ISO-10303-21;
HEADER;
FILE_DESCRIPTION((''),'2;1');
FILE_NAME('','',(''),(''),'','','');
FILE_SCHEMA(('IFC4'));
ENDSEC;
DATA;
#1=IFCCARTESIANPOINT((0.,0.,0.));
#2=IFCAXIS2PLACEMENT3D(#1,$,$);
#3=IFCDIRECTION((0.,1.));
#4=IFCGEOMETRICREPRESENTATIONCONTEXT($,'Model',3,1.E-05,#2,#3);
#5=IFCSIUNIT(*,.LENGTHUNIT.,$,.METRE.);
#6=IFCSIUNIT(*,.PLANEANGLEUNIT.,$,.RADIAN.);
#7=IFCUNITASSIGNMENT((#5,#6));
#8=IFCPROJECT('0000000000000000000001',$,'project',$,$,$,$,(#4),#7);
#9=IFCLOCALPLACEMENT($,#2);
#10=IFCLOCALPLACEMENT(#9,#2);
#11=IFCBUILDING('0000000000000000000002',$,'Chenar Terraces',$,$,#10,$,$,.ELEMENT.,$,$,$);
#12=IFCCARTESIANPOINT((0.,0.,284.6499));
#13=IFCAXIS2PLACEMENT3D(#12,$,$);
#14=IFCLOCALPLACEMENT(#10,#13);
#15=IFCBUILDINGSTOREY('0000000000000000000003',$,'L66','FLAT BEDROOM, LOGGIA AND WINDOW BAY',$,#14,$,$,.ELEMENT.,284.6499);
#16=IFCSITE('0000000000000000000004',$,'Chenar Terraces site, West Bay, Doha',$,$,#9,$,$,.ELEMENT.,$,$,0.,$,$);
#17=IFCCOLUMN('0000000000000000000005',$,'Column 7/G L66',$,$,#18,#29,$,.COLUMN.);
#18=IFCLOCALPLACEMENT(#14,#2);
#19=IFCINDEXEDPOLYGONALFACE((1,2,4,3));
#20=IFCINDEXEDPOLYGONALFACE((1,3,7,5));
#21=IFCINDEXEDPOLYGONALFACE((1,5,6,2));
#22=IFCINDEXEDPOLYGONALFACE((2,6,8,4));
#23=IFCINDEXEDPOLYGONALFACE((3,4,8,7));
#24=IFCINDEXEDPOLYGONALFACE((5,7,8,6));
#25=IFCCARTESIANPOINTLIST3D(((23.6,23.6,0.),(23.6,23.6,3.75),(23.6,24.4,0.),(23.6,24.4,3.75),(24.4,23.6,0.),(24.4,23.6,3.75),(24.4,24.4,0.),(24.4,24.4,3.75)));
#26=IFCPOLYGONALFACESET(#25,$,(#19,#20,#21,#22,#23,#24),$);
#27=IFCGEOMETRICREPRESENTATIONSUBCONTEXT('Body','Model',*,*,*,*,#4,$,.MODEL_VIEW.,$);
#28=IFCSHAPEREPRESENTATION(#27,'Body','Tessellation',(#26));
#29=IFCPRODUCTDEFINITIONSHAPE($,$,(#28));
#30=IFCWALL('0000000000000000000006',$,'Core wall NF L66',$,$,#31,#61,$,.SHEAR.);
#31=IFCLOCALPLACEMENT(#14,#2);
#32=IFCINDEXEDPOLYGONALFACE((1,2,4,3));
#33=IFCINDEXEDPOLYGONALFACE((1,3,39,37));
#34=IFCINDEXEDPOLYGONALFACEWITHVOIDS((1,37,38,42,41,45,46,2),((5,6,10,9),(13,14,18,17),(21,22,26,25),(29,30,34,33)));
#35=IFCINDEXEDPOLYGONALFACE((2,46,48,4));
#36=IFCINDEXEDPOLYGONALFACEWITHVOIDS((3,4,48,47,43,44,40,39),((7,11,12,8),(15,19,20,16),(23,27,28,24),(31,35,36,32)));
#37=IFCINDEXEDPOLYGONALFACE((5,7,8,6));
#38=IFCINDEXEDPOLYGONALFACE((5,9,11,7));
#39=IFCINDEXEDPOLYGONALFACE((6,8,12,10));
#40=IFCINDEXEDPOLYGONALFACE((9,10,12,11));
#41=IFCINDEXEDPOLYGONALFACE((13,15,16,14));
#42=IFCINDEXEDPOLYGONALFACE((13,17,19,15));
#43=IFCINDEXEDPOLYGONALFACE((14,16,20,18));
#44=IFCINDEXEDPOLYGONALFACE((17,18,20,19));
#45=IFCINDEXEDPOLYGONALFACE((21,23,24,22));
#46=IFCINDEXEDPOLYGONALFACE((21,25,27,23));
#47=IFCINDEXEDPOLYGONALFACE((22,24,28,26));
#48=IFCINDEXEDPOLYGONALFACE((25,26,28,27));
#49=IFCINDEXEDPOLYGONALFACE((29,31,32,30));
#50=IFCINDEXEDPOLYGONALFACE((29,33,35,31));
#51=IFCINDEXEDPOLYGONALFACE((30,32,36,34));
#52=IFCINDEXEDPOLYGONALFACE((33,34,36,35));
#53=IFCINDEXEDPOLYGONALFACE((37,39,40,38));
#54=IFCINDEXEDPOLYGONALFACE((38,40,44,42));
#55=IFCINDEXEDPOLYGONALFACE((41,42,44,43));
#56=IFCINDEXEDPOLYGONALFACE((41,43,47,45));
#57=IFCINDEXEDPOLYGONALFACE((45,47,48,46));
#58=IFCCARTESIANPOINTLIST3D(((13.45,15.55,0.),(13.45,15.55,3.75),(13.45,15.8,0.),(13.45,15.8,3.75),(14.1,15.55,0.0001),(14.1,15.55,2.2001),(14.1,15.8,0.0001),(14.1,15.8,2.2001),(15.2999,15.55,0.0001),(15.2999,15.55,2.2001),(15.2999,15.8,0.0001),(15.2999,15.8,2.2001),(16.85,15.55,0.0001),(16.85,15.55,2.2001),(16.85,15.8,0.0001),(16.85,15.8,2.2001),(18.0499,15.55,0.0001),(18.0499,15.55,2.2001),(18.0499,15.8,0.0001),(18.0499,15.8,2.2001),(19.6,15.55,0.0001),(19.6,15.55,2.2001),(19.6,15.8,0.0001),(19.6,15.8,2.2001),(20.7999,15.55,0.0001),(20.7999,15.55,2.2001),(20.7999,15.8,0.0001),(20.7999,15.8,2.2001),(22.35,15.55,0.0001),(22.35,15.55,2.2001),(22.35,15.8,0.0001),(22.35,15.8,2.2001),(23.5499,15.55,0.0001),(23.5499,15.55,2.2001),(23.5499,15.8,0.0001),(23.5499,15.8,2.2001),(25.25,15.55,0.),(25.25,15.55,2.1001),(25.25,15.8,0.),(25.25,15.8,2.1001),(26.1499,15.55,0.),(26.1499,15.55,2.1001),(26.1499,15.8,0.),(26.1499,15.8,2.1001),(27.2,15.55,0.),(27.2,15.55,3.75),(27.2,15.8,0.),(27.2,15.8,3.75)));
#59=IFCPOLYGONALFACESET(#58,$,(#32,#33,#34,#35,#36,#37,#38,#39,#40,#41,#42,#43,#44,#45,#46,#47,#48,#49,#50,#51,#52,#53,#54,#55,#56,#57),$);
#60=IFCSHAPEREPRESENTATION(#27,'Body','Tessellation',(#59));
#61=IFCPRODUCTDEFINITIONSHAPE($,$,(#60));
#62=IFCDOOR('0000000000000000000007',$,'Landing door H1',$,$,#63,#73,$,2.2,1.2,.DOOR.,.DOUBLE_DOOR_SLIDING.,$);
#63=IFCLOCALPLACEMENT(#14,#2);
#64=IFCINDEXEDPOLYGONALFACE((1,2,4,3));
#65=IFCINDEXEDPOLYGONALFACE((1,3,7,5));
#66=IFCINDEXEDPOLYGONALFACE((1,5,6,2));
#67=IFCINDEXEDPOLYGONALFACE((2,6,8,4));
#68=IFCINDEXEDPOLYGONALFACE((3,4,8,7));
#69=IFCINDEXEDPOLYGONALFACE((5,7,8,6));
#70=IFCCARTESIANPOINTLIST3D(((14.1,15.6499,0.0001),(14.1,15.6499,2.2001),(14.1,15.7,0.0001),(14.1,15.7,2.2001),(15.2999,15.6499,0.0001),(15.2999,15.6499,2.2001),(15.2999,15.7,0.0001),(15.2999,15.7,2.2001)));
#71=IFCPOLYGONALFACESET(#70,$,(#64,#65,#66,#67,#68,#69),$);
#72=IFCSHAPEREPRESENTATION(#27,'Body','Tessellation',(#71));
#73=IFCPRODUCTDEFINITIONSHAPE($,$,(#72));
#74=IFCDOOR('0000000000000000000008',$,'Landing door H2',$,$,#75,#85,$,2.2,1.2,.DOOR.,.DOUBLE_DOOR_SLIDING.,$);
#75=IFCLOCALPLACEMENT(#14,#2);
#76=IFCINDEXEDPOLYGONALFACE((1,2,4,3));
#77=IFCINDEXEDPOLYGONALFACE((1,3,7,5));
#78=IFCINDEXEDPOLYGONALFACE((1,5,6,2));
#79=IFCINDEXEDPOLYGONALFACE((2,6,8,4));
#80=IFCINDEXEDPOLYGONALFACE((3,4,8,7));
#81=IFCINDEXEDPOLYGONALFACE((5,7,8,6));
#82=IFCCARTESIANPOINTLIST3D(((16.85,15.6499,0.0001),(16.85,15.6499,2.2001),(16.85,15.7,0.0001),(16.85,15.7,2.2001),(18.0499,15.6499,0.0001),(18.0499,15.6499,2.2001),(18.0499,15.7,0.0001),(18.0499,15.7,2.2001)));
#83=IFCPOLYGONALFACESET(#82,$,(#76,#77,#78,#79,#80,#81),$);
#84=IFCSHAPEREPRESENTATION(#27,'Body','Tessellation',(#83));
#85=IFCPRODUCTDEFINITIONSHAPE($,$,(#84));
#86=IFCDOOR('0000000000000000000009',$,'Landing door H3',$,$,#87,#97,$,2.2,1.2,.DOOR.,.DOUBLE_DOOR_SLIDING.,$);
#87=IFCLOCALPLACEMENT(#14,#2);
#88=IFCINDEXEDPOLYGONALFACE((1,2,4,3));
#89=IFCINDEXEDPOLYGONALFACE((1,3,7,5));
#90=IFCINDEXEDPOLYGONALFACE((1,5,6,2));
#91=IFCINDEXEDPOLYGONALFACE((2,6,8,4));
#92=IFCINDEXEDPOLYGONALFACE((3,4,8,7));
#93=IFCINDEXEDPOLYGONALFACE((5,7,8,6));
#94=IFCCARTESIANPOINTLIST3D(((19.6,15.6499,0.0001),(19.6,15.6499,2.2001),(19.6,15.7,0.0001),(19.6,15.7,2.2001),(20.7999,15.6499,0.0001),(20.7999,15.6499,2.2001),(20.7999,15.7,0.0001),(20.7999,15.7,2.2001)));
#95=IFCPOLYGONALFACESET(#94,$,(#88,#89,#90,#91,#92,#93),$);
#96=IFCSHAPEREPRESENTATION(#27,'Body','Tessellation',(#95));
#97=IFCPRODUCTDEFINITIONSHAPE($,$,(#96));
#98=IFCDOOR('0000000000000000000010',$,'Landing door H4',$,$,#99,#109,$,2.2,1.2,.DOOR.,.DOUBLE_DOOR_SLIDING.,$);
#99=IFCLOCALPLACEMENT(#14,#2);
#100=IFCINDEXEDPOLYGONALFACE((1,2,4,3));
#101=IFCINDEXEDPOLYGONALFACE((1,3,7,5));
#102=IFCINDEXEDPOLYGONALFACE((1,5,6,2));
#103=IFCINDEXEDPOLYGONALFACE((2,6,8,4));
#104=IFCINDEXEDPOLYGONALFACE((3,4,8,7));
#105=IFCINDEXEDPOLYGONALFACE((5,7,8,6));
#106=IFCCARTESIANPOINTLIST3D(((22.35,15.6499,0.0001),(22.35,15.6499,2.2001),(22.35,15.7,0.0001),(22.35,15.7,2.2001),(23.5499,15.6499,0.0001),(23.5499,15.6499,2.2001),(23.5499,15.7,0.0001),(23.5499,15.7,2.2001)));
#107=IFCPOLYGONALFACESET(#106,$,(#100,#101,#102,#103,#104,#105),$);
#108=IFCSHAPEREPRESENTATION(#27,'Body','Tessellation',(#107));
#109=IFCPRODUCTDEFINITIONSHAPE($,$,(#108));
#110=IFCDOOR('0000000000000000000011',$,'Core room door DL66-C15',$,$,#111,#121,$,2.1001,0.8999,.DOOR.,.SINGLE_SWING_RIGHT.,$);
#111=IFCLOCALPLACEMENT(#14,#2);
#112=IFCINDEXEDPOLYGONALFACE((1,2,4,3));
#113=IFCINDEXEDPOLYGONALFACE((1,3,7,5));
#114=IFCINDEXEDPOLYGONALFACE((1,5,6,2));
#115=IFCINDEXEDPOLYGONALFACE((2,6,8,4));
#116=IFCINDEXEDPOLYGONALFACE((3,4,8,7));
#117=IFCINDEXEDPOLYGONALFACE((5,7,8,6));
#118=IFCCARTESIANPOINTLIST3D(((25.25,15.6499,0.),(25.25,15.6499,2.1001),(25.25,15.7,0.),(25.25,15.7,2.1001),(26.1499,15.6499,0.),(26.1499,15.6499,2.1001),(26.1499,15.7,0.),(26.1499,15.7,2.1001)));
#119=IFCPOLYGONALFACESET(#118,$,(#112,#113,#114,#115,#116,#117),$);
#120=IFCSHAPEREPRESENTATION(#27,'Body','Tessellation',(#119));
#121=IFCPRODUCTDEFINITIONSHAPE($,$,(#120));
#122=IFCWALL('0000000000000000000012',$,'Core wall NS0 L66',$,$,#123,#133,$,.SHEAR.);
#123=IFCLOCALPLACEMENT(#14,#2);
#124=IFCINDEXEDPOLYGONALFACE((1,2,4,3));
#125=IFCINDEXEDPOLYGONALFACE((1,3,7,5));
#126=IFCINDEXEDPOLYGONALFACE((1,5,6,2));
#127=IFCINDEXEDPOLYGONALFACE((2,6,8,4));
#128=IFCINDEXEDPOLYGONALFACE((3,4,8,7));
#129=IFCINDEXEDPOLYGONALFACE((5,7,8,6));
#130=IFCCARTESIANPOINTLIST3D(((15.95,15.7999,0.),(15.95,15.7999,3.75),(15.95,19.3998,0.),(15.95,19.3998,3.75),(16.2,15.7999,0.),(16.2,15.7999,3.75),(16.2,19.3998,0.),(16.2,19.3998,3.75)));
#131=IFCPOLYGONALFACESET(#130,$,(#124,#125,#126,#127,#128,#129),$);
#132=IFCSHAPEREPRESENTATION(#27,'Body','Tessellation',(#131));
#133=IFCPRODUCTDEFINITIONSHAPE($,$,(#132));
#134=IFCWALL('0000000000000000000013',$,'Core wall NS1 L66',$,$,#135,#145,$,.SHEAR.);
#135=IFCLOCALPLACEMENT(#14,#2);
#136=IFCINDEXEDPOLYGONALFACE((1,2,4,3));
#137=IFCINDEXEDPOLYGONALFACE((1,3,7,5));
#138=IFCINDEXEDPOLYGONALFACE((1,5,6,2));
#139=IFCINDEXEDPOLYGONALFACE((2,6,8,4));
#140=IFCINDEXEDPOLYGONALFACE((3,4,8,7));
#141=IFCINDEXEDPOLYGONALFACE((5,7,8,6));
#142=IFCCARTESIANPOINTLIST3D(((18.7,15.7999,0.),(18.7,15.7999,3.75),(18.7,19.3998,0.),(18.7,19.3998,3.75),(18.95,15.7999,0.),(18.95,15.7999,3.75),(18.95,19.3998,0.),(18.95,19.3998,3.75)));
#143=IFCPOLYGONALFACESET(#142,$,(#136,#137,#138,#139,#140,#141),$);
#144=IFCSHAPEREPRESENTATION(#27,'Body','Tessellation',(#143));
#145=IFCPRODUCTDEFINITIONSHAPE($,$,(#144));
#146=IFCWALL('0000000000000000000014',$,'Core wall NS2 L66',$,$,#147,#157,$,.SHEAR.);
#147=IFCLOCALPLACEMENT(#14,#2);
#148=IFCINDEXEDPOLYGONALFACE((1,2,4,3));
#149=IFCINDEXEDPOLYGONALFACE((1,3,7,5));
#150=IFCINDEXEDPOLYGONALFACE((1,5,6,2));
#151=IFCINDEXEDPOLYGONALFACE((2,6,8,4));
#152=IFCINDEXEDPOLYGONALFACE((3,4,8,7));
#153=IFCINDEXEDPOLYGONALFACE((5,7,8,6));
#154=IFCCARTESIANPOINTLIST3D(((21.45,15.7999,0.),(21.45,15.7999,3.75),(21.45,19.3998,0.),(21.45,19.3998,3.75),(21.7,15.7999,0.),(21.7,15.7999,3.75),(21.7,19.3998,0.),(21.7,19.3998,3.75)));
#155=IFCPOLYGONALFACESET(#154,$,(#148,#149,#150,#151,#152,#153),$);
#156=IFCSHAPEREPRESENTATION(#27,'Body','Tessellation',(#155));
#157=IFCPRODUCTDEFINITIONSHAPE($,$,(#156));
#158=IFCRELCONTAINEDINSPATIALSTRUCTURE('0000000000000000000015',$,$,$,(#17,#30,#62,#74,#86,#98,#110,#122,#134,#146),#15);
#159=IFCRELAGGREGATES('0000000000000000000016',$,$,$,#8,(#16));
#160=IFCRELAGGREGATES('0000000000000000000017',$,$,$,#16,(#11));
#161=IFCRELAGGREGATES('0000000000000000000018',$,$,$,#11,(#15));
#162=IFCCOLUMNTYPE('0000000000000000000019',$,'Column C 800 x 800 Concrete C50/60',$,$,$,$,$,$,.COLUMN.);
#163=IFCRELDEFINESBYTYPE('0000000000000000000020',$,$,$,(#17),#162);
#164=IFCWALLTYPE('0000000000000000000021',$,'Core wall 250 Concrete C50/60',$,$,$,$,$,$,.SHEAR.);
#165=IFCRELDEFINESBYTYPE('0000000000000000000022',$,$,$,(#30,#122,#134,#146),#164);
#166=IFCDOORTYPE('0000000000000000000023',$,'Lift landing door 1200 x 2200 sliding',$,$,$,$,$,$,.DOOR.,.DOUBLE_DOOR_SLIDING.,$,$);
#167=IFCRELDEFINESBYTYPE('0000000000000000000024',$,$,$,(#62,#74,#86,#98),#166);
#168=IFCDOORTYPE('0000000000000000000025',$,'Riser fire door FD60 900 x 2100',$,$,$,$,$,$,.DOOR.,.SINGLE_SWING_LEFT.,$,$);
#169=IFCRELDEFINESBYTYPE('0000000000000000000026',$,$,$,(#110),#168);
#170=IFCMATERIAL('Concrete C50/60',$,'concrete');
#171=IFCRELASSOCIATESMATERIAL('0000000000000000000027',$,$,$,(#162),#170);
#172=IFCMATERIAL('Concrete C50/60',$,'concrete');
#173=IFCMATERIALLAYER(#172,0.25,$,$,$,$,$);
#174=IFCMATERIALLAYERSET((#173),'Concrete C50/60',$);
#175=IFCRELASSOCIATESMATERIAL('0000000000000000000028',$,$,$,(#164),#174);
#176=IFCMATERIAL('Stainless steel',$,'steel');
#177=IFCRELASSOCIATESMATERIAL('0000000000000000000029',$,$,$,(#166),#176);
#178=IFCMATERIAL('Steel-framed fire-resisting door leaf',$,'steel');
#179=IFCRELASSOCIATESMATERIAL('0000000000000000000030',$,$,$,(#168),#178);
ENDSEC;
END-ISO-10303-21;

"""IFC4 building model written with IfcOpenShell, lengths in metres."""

from ifc_helpers import new_model, si_unit, direction, frame, frame_2d, origin, origin_2d, place, context, subcontext, project, spatial, rectangle, extrude, material, layer, layer_set, material_profile, profile_set, type_object, element, fill, save


model = new_model("IFC4")

# Units and contexts
model_context = context("Model", 3, precision=1e-05, world=origin(), true_north=direction((0.0, 1.0)))
body_context = subcontext(model_context, "Body", "Model", "MODEL_VIEW")
ifc_project = project(units=[si_unit("LENGTHUNIT", "METRE"), si_unit("PLANEANGLEUNIT", "RADIAN")], contexts=[model_context])

# Site, building, storey
site_placement = place(None, origin())
site = spatial("IfcSite", under=ifc_project, at=site_placement, Name="Chenar Terraces site, West Bay, Doha", CompositionType="ELEMENT", RefElevation=0.0)
building_placement = place(site_placement, origin())
building = spatial("IfcBuilding", under=site, at=building_placement, Name="Chenar Terraces", CompositionType="ELEMENT")
storey_placement = place(building_placement, frame((0.0, 0.0, 284.6499)))
storey = spatial("IfcBuildingStorey", under=building, at=storey_placement, Name="L66", Description="FLAT BEDROOM, LOGGIA AND WINDOW BAY", CompositionType="ELEMENT", Elevation=284.6499)

# Column
ifc_material_1 = material(Name="Concrete C50/60", Category="concrete")
ifc_material_profile = material_profile(ifc_material_1, rectangle(XDim=0.8, YDim=0.8, at=origin_2d()), Name="C 800 x 800")
ifc_profile_set = profile_set([ifc_material_profile], Name="Concrete C50/60")
column_type = type_object("IfcColumnType", Name="Column C 800 x 800 Concrete C50/60", PredefinedType="COLUMN", material=ifc_profile_set)
column_placement = place(storey_placement, frame((24.0, 24.0, 0.0), z_axis=(0.0, 0.0, 1.0), x_axis=(1.0, 0.0, 0.0)))
element("IfcColumn", 1, at=column_placement, inside=storey, type_object=column_type, Name="Column 7/G L66", PredefinedType="COLUMN", context=body_context, shape_type="SweptSolid", body=[
    extrude(rectangle(XDim=0.8, YDim=0.8, at=origin_2d()), origin(), (0.0, 0.0, 1.0), 3.75),
])

# Wall, openings, doors
ifc_material_2 = material(Name="Concrete C50/60", Category="concrete")
ifc_layer_1 = layer(ifc_material_2, 0.25)
ifc_layer_set_1 = layer_set([ifc_layer_1], Name="Concrete C50/60")
wall_type_1 = type_object("IfcWallType", Name="Core wall 250 Concrete C50/60", PredefinedType="SHEAR", material=ifc_layer_set_1)
wall_1_placement = place(storey_placement, frame((13.45, 15.675, 0.0), z_axis=(0.0, 0.0, 1.0), x_axis=(1.0, 0.0, 0.0)))
wall_1 = element("IfcWall", 2, at=wall_1_placement, inside=storey, type_object=wall_type_1, Name="Core wall NF L66", PredefinedType="SHEAR", context=body_context, shape_type="SweptSolid", body=[
    extrude(rectangle(XDim=13.75, YDim=0.25, at=frame_2d((6.875, 0.0))), origin(), (0.0, 0.0, 1.0), 3.75),
])
opening_1_placement = place(wall_1_placement, frame((0.6499, 0.0, 0.0)))
opening_1 = element("IfcOpeningElement", 3, at=opening_1_placement, cuts=wall_1, PredefinedType="OPENING", context=body_context, shape_type="SweptSolid", body=[
    extrude(rectangle(XDim=1.2, YDim=2.2, at=frame_2d((0.6001, 1.1001))), frame((0.0, 0.135, 0.0), z_axis=(0.0, -1.0, 0.0), x_axis=(1.0, 0.0, 0.0)), (0.0, 0.0, 1.0), 0.27),
])
opening_2_placement = place(wall_1_placement, frame((3.3999, 0.0, 0.0)))
opening_2 = element("IfcOpeningElement", 4, at=opening_2_placement, cuts=wall_1, PredefinedType="OPENING", context=body_context, shape_type="SweptSolid", body=[
    extrude(rectangle(XDim=1.2, YDim=2.2, at=frame_2d((0.6001, 1.1001))), frame((0.0, 0.135, 0.0), z_axis=(0.0, -1.0, 0.0), x_axis=(1.0, 0.0, 0.0)), (0.0, 0.0, 1.0), 0.27),
])
opening_3_placement = place(wall_1_placement, frame((6.1499, 0.0, 0.0)))
opening_3 = element("IfcOpeningElement", 5, at=opening_3_placement, cuts=wall_1, PredefinedType="OPENING", context=body_context, shape_type="SweptSolid", body=[
    extrude(rectangle(XDim=1.2, YDim=2.2, at=frame_2d((0.6001, 1.1001))), frame((0.0, 0.135, 0.0), z_axis=(0.0, -1.0, 0.0), x_axis=(1.0, 0.0, 0.0)), (0.0, 0.0, 1.0), 0.27),
])
opening_4_placement = place(wall_1_placement, frame((8.8999, 0.0, 0.0)))
opening_4 = element("IfcOpeningElement", 6, at=opening_4_placement, cuts=wall_1, PredefinedType="OPENING", context=body_context, shape_type="SweptSolid", body=[
    extrude(rectangle(XDim=1.2, YDim=2.2, at=frame_2d((0.6001, 1.1001))), frame((0.0, 0.135, 0.0), z_axis=(0.0, -1.0, 0.0), x_axis=(1.0, 0.0, 0.0)), (0.0, 0.0, 1.0), 0.27),
])
opening_5_placement = place(wall_1_placement, frame((11.8, 0.0, 0.0)))
opening_5 = element("IfcOpeningElement", 7, at=opening_5_placement, cuts=wall_1, PredefinedType="OPENING", context=body_context, shape_type="SweptSolid", body=[
    extrude(rectangle(XDim=0.8999, YDim=2.1001, at=frame_2d((0.45, 1.05))), frame((0.0, 0.135, 0.0), z_axis=(0.0, -1.0, 0.0), x_axis=(1.0, 0.0, 0.0)), (0.0, 0.0, 1.0), 0.27),
])
ifc_material_3 = material(Name="Stainless steel", Category="steel")
door_type_1 = type_object("IfcDoorType", Name="Lift landing door 1200 x 2200 sliding", OperationType="DOUBLE_DOOR_SLIDING", PredefinedType="DOOR", material=ifc_material_3)
door_1_placement = place(opening_1_placement, origin())
door_1 = element("IfcDoor", 8, at=door_1_placement, inside=storey, type_object=door_type_1, Name="Landing door H1", OperationType="DOUBLE_DOOR_SLIDING", OverallHeight=2.2, OverallWidth=1.2, PredefinedType="DOOR", context=body_context, shape_type="SweptSolid", body=[
    extrude(rectangle(XDim=1.2, YDim=2.2, at=frame_2d((0.6001, 1.1001))), frame((0.0, 0.0249, 0.0), z_axis=(0.0, -1.0, 0.0), x_axis=(1.0, 0.0, 0.0)), (0.0, 0.0, 1.0), 0.05),
])
fill(opening_1, door_1)
door_2_placement = place(opening_2_placement, origin())
door_2 = element("IfcDoor", 9, at=door_2_placement, inside=storey, type_object=door_type_1, Name="Landing door H2", OperationType="DOUBLE_DOOR_SLIDING", OverallHeight=2.2, OverallWidth=1.2, PredefinedType="DOOR", context=body_context, shape_type="SweptSolid", body=[
    extrude(rectangle(XDim=1.2, YDim=2.2, at=frame_2d((0.6001, 1.1001))), frame((0.0, 0.0249, 0.0), z_axis=(0.0, -1.0, 0.0), x_axis=(1.0, 0.0, 0.0)), (0.0, 0.0, 1.0), 0.05),
])
fill(opening_2, door_2)
door_3_placement = place(opening_3_placement, origin())
door_3 = element("IfcDoor", 10, at=door_3_placement, inside=storey, type_object=door_type_1, Name="Landing door H3", OperationType="DOUBLE_DOOR_SLIDING", OverallHeight=2.2, OverallWidth=1.2, PredefinedType="DOOR", context=body_context, shape_type="SweptSolid", body=[
    extrude(rectangle(XDim=1.2, YDim=2.2, at=frame_2d((0.6001, 1.1001))), frame((0.0, 0.0249, 0.0), z_axis=(0.0, -1.0, 0.0), x_axis=(1.0, 0.0, 0.0)), (0.0, 0.0, 1.0), 0.05),
])
fill(opening_3, door_3)
door_4_placement = place(opening_4_placement, origin())
door_4 = element("IfcDoor", 11, at=door_4_placement, inside=storey, type_object=door_type_1, Name="Landing door H4", OperationType="DOUBLE_DOOR_SLIDING", OverallHeight=2.2, OverallWidth=1.2, PredefinedType="DOOR", context=body_context, shape_type="SweptSolid", body=[
    extrude(rectangle(XDim=1.2, YDim=2.2, at=frame_2d((0.6001, 1.1001))), frame((0.0, 0.0249, 0.0), z_axis=(0.0, -1.0, 0.0), x_axis=(1.0, 0.0, 0.0)), (0.0, 0.0, 1.0), 0.05),
])
fill(opening_4, door_4)
ifc_material_4 = material(Name="Steel-framed fire-resisting door leaf", Category="steel")
door_type_2 = type_object("IfcDoorType", Name="Riser fire door FD60 900 x 2100", OperationType="SINGLE_SWING_LEFT", PredefinedType="DOOR", material=ifc_material_4)
door_5_placement = place(opening_5_placement, origin())
door_5 = element("IfcDoor", 12, at=door_5_placement, inside=storey, type_object=door_type_2, Name="Core room door DL66-C15", OperationType="SINGLE_SWING_RIGHT", OverallHeight=2.1001, OverallWidth=0.8999, PredefinedType="DOOR", context=body_context, shape_type="SweptSolid", body=[
    extrude(rectangle(XDim=0.8999, YDim=2.1001, at=frame_2d((0.45, 1.05))), frame((0.0, 0.0249, 0.0), z_axis=(0.0, -1.0, 0.0), x_axis=(1.0, 0.0, 0.0)), (0.0, 0.0, 1.0), 0.05),
])
fill(opening_5, door_5)

# Walls
for number, where, z_axis, x_axis, name in (
    (13, (16.075, 15.8, 0.0), (0.0, 0.0, 1.0), (0.0, 1.0, 0.0), "Core wall NS0 L66"),
    (14, (18.825, 15.8, 0.0), (0.0, 0.0, 1.0), (0.0, 1.0, 0.0), "Core wall NS1 L66"),
    (15, (21.575, 15.8, 0.0), (0.0, 0.0, 1.0), (0.0, 1.0, 0.0), "Core wall NS2 L66"),
):
    element("IfcWall", number, at=place(storey_placement, frame(where, z_axis=z_axis, x_axis=x_axis)), inside=storey, type_object=wall_type_1, Name=name, PredefinedType="SHEAR", context=body_context, shape_type="SweptSolid", body=[
        extrude(rectangle(XDim=3.5999, YDim=0.25, at=frame_2d((1.7998, 0.0))), origin(), (0.0, 0.0, 1.0), 3.75),
    ])

save(model, "model.ifc")
